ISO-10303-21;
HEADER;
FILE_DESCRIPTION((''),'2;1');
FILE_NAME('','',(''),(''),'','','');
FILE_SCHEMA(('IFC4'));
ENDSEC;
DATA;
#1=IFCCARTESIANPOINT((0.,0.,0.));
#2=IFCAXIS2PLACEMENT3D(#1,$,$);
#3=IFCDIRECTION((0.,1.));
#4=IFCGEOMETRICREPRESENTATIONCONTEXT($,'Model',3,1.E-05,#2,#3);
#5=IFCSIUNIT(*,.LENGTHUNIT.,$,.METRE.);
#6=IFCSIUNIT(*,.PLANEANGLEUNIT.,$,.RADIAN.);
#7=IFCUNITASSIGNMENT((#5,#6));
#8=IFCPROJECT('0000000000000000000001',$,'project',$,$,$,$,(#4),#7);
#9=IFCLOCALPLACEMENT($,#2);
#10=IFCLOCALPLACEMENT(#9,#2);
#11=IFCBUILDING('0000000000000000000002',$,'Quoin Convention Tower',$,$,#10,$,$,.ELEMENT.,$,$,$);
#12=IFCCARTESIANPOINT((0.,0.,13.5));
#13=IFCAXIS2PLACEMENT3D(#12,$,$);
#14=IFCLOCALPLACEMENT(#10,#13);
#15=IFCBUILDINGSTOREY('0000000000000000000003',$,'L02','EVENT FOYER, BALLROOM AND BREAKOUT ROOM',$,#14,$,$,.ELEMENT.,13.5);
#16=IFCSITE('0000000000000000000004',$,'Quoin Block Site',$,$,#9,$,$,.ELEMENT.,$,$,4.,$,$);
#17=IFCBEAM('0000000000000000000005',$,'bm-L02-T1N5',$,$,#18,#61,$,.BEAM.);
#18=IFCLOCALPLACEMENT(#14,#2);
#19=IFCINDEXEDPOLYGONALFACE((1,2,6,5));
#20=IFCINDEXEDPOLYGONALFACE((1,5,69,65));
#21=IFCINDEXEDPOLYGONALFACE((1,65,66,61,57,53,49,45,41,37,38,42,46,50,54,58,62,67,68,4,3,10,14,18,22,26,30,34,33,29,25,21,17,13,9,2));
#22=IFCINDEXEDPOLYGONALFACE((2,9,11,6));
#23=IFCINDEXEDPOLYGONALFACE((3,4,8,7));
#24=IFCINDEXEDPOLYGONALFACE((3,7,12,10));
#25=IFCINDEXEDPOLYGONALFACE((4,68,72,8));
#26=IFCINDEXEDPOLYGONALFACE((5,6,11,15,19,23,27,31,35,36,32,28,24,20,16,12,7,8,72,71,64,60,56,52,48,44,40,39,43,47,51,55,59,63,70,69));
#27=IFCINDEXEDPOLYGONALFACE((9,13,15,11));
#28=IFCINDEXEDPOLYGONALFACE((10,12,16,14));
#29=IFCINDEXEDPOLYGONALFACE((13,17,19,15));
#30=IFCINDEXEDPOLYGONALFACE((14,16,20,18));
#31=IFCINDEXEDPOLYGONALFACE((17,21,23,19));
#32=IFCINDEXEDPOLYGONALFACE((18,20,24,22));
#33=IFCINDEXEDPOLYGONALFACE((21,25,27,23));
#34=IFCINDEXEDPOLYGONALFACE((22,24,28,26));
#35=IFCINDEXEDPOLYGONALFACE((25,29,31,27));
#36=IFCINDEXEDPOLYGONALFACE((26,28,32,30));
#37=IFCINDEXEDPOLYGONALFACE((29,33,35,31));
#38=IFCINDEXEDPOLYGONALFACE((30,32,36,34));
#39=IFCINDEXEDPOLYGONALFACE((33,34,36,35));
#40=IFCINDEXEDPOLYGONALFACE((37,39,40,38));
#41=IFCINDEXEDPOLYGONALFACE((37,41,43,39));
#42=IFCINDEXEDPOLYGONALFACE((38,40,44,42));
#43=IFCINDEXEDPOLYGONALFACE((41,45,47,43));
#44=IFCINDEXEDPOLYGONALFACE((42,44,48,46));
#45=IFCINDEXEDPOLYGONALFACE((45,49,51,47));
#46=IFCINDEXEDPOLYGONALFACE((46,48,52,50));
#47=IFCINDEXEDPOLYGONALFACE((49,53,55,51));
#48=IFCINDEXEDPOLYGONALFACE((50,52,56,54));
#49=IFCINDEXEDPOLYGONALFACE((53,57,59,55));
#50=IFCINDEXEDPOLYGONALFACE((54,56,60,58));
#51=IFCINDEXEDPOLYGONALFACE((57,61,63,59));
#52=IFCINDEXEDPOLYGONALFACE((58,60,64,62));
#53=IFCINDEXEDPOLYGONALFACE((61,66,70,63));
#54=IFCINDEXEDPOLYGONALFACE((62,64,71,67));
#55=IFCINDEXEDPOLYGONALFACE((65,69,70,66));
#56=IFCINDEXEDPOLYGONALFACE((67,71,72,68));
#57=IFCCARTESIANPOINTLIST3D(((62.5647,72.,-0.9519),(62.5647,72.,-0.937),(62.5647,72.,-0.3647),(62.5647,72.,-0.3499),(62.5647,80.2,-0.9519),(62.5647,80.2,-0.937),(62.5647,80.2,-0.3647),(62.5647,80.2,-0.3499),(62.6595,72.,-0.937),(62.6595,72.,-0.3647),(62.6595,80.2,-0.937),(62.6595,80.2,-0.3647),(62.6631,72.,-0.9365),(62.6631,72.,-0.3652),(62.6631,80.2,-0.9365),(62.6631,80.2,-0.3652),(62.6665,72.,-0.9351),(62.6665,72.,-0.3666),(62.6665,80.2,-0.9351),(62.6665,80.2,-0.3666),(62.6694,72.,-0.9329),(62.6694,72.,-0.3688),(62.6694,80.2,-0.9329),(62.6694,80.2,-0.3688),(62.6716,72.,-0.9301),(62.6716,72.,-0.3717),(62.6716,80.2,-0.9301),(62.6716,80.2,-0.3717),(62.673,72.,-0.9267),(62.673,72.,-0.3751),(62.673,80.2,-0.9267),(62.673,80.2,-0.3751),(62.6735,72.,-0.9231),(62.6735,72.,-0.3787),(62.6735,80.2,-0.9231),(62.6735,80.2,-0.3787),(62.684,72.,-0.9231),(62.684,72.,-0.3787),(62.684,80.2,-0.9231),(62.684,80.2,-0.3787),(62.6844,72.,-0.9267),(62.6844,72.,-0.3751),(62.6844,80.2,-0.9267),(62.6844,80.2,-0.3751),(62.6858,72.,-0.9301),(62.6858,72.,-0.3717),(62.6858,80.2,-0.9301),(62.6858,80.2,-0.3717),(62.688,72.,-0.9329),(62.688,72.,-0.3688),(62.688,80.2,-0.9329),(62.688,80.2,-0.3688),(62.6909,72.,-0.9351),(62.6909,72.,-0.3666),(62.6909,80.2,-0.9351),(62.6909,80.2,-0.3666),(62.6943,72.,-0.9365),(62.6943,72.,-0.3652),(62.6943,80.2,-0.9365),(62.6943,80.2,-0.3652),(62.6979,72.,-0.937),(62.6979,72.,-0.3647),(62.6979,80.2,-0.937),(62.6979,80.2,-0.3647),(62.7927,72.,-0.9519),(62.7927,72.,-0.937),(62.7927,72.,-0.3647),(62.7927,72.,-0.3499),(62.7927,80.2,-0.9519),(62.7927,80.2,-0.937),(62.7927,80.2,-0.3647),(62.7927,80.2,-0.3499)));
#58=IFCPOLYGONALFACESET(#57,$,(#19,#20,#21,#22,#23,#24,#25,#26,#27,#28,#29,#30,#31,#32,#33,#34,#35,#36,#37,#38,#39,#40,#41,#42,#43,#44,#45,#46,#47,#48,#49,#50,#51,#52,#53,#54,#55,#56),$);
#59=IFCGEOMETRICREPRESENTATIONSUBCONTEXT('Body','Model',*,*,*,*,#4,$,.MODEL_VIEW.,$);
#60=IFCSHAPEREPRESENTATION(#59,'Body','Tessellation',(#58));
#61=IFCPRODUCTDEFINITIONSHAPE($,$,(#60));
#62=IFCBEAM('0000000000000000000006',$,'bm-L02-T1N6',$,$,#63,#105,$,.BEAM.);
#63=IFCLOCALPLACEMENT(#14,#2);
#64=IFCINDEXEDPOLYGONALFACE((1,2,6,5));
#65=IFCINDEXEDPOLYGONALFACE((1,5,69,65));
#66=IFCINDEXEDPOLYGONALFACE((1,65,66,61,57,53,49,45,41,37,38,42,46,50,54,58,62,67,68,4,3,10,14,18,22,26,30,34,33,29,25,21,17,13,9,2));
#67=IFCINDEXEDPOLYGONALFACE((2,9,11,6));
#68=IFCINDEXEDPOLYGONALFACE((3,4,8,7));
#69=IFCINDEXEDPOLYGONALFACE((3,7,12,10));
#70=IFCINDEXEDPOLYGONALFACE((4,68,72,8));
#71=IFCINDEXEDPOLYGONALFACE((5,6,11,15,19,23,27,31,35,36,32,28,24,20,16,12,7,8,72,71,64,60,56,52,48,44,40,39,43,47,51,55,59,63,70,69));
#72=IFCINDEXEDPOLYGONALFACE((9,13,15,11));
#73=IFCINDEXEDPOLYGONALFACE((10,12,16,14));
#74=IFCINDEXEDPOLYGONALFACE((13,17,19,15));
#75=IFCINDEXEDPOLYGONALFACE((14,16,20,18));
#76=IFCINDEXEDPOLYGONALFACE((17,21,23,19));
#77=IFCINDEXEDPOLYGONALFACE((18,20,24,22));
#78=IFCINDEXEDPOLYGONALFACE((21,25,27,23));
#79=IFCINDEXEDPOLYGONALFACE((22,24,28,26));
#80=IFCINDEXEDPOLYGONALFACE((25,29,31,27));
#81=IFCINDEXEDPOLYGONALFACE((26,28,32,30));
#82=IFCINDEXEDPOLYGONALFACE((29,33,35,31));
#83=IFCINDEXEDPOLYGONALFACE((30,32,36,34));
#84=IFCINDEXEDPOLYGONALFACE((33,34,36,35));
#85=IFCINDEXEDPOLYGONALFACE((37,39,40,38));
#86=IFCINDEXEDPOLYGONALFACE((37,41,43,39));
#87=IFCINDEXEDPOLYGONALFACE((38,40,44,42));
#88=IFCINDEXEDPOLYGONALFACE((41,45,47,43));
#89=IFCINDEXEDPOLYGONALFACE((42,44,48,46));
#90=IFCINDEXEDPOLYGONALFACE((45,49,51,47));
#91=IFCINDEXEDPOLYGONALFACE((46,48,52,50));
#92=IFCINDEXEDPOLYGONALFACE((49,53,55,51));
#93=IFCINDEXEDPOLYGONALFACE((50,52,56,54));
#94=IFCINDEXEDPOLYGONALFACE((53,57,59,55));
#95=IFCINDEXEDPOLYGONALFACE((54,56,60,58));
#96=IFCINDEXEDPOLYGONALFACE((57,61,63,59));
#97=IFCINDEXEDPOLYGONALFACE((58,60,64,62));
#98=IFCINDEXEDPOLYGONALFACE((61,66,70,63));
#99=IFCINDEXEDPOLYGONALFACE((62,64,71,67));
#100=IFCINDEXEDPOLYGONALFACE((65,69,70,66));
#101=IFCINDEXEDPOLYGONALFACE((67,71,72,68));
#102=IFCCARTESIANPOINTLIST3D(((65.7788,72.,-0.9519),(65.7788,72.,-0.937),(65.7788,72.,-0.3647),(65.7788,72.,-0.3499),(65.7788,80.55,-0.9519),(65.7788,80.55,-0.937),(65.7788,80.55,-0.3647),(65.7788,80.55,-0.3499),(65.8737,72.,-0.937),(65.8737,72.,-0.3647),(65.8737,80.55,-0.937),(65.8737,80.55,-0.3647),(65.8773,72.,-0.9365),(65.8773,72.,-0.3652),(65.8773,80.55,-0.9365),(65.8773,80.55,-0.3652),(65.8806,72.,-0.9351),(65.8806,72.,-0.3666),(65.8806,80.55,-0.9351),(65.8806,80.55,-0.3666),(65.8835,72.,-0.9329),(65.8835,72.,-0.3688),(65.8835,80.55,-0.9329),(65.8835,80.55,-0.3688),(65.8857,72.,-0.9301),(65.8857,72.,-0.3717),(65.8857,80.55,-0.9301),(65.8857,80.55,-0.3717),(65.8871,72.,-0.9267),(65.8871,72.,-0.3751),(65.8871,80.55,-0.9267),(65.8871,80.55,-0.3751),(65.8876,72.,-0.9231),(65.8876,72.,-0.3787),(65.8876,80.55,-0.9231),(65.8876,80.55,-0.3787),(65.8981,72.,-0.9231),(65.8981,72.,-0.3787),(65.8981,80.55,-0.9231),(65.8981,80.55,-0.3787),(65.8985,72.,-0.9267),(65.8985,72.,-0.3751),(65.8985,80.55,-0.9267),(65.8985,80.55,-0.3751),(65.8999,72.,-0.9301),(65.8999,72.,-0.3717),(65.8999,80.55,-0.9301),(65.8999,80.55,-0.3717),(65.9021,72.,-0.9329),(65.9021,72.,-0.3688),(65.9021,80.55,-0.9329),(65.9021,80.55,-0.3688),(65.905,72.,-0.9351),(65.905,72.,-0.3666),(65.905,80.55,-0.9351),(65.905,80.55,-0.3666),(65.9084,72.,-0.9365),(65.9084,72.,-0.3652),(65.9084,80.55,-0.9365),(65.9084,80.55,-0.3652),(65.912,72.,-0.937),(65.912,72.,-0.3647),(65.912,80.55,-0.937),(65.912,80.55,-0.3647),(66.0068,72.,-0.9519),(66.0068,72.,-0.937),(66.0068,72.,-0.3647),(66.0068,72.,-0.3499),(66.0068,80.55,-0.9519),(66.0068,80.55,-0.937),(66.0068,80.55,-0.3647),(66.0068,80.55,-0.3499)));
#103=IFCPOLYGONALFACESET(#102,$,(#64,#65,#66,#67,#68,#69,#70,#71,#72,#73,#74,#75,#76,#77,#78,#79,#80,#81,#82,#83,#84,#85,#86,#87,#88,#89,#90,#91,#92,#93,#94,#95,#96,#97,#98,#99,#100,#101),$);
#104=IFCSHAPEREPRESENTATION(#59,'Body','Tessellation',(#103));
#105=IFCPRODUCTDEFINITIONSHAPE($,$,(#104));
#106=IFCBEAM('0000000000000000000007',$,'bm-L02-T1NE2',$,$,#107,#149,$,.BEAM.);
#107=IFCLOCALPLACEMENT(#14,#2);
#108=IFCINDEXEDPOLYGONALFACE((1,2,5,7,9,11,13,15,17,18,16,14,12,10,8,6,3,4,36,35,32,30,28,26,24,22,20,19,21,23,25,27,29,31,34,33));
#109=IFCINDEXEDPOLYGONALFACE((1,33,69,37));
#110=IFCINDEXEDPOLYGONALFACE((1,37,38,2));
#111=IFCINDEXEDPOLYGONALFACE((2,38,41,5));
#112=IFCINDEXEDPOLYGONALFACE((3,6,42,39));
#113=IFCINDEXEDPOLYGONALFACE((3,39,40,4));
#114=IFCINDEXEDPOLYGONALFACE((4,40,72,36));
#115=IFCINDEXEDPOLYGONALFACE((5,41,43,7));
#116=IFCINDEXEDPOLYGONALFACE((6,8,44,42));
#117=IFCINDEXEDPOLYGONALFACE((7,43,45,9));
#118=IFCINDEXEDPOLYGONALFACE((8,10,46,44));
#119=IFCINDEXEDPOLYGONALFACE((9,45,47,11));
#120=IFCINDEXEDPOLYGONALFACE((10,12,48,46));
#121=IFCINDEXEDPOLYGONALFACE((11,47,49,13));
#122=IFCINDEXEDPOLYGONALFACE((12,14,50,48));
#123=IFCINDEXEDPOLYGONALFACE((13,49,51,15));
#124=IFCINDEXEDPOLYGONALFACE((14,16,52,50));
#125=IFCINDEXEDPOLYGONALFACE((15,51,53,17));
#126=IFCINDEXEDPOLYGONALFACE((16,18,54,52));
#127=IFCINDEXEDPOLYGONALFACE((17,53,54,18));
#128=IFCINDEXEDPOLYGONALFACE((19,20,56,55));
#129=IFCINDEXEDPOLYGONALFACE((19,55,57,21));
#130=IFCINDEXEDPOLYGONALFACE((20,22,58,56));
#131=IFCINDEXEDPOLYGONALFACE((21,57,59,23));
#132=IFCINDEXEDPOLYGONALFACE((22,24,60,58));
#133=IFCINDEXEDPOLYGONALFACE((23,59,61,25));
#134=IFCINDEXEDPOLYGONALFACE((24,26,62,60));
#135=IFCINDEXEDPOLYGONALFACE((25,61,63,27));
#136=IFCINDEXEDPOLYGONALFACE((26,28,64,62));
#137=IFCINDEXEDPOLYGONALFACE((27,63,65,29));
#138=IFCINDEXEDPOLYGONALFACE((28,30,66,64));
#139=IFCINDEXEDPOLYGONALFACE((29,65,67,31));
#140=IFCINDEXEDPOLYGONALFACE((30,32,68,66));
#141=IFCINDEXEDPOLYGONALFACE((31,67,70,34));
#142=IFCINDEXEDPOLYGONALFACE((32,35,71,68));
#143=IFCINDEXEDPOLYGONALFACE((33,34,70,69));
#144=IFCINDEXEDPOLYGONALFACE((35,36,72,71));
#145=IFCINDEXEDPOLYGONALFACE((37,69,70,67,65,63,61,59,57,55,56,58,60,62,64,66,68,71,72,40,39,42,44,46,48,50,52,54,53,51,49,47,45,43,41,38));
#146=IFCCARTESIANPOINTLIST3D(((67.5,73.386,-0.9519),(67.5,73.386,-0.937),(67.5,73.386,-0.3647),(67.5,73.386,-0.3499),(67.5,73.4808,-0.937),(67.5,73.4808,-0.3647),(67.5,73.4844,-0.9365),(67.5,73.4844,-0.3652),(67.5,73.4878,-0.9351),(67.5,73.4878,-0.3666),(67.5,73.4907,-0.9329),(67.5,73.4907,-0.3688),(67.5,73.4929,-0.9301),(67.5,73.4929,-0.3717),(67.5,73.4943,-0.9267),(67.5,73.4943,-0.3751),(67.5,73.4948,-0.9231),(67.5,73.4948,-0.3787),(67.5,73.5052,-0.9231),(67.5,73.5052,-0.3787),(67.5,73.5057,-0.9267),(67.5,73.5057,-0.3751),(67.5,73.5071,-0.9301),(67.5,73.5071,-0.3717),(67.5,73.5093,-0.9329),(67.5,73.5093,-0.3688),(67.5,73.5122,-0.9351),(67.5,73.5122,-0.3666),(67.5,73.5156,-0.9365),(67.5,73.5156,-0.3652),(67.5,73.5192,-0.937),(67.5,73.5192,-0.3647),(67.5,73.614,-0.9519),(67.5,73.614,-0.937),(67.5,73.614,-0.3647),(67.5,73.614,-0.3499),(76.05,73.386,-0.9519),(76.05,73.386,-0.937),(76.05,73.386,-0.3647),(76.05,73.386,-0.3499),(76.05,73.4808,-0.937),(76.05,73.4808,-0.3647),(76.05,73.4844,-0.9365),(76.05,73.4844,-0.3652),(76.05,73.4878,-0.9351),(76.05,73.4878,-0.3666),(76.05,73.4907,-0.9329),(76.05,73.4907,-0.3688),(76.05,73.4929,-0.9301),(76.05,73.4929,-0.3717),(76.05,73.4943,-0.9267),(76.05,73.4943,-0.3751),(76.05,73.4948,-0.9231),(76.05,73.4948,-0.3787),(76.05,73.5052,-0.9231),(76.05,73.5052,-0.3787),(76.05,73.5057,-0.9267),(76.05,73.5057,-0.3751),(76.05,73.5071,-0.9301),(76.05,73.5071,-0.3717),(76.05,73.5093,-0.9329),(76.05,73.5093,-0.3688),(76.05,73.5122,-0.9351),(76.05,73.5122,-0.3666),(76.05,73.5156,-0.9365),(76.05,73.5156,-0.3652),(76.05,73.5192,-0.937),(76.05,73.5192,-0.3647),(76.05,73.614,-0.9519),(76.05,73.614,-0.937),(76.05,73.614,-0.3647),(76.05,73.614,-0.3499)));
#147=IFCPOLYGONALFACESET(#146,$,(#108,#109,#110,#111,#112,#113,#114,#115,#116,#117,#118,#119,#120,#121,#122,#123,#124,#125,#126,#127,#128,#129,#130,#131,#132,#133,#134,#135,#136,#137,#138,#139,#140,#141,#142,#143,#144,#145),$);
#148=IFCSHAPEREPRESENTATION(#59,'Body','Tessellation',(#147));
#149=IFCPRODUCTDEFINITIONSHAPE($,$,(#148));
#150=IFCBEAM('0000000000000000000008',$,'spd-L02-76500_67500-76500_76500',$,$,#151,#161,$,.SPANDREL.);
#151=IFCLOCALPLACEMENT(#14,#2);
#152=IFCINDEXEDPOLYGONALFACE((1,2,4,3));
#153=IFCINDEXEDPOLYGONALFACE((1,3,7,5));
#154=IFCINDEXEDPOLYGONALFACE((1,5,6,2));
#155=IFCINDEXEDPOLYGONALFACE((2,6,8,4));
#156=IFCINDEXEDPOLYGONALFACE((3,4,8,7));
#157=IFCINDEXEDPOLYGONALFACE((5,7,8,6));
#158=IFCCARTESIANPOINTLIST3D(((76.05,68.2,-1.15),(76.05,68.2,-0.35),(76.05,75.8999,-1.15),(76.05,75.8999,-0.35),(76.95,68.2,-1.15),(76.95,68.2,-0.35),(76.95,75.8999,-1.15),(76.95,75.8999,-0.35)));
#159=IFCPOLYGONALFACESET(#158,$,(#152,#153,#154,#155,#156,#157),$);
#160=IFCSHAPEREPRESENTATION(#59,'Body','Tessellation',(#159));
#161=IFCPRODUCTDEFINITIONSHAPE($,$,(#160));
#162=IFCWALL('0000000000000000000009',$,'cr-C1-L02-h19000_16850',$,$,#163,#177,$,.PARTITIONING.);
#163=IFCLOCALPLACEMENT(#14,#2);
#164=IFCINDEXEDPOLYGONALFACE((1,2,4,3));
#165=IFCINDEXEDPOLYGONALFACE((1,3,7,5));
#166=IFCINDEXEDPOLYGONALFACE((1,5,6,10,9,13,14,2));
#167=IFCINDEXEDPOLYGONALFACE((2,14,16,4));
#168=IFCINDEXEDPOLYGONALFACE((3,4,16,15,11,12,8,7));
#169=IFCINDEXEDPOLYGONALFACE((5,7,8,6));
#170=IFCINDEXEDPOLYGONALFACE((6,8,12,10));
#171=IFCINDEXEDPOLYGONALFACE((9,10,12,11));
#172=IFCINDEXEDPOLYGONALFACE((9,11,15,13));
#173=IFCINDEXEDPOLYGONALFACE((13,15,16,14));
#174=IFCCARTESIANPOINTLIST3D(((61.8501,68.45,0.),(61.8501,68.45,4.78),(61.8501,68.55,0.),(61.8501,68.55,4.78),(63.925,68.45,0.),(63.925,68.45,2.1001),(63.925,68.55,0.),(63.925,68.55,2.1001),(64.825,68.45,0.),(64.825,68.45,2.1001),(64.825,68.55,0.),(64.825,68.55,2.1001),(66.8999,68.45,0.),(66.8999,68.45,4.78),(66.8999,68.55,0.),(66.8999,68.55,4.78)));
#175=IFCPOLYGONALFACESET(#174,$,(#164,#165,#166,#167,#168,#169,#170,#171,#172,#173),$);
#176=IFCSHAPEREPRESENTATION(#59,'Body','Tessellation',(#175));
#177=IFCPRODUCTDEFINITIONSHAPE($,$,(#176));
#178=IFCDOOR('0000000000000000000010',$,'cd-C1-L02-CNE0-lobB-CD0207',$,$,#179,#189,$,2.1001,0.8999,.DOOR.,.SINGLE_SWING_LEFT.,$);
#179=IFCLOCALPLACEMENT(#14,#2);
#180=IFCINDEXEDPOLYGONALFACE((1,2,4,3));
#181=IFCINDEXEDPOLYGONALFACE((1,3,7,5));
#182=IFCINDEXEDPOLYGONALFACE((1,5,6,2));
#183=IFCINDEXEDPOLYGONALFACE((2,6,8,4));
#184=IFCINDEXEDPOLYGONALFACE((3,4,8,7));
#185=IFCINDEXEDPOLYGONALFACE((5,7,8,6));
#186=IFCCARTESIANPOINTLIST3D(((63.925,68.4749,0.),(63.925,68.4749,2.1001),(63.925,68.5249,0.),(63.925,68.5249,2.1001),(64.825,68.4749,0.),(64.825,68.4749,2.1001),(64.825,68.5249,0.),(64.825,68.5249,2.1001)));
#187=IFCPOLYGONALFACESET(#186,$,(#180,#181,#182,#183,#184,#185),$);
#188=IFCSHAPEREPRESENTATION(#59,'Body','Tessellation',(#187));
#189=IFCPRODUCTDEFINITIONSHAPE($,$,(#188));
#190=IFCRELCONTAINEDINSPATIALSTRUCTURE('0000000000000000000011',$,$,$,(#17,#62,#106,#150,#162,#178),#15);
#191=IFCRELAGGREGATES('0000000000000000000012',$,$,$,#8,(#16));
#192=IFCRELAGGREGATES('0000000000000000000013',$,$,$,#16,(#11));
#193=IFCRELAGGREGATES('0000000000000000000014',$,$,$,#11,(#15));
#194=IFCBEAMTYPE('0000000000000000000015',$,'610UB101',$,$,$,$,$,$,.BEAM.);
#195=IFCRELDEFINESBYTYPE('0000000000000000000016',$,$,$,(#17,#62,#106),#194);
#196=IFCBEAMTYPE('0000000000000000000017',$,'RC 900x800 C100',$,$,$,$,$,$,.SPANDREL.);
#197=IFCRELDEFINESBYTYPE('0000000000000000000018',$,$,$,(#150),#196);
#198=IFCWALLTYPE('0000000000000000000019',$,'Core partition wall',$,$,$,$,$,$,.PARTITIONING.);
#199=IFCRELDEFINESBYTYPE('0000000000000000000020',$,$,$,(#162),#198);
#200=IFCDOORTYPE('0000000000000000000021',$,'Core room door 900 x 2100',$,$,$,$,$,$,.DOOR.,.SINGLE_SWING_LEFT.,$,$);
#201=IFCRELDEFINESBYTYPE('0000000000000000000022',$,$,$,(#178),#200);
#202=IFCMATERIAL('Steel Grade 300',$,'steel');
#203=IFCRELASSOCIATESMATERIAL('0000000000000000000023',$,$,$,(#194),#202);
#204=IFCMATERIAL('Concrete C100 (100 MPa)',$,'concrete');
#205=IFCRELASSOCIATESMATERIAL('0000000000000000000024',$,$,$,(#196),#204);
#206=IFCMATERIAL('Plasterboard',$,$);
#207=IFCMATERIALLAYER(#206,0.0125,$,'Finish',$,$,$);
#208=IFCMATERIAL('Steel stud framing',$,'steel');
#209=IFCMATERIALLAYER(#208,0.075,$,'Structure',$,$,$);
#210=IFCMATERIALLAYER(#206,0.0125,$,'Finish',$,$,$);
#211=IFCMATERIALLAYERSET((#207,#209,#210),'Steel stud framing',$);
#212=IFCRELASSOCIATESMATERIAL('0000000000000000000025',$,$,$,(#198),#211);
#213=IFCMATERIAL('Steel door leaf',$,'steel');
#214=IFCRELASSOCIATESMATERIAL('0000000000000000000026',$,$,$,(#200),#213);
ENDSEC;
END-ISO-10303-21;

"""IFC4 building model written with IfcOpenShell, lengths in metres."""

from ifc_helpers import new_model, si_unit, direction, frame, frame_2d, origin, origin_2d, place, context, subcontext, project, spatial, rectangle, i_section, extrude, material, layer, layer_set, material_profile, profile_set, type_object, element, fill, save


model = new_model("IFC4")

# Units and contexts
model_context = context("Model", 3, precision=1e-05, world=origin(), true_north=direction((0.0, 1.0)))
body_context = subcontext(model_context, "Body", "Model", "MODEL_VIEW")
ifc_project = project(units=[si_unit("LENGTHUNIT", "METRE"), si_unit("PLANEANGLEUNIT", "RADIAN")], contexts=[model_context])

# Site, building, storey
site_placement = place(None, origin())
site = spatial("IfcSite", under=ifc_project, at=site_placement, Name="Quoin Block Site", CompositionType="ELEMENT", RefElevation=4.0)
building_placement = place(site_placement, origin())
building = spatial("IfcBuilding", under=site, at=building_placement, Name="Quoin Convention Tower", CompositionType="ELEMENT")
storey_placement = place(building_placement, frame((0.0, 0.0, 13.5)))
storey = spatial("IfcBuildingStorey", under=building, at=storey_placement, Name="L02", Description="EVENT FOYER, BALLROOM AND BREAKOUT ROOM", CompositionType="ELEMENT", Elevation=13.5)

# Shared definitions
ifc_material_1 = material(Name="Concrete C100 (100 MPa)", Category="concrete")

# Beams
ifc_material_2 = material(Name="Steel Grade 300", Category="steel")
ifc_material_profile_1 = material_profile(ifc_material_2, i_section(OverallWidth=0.228, OverallDepth=0.6021, WebThickness=0.0105, FlangeThickness=0.0149, FilletRadius=0.0139, at=origin_2d()), Name="610UB101")
ifc_profile_set_1 = profile_set([ifc_material_profile_1], Name="Steel Grade 300")
beam_type_1 = type_object("IfcBeamType", Name="610UB101", PredefinedType="BEAM", material=ifc_profile_set_1)
beam_1_placement = place(storey_placement, frame((62.6787, 72.0, -0.6509), z_axis=(0.0, 1.0, 0.0), x_axis=(-1.0, 0.0, 0.0)))
element("IfcBeam", 1, at=beam_1_placement, inside=storey, type_object=beam_type_1, Name="bm-L02-T1N5", PredefinedType="BEAM", context=body_context, shape_type="SweptSolid", body=[
    extrude(i_section(OverallWidth=0.228, OverallDepth=0.6021, WebThickness=0.0105, FlangeThickness=0.0149, FilletRadius=0.0139, at=origin_2d()), origin(), (0.0, 0.0, 1.0), 8.2),
])
for number, where, z_axis, x_axis, name in (
    (2, (65.8928, 72.0, -0.6509), (0.0, 1.0, 0.0), (-1.0, 0.0, 0.0), "bm-L02-T1N6"),
    (3, (67.5, 73.5, -0.6509), (1.0, 0.0, 0.0), (0.0, 1.0, 0.0), "bm-L02-T1NE2"),
):
    element("IfcBeam", number, at=place(storey_placement, frame(where, z_axis=z_axis, x_axis=x_axis)), inside=storey, type_object=beam_type_1, Name=name, PredefinedType="BEAM", context=body_context, shape_type="SweptSolid", body=[
        extrude(i_section(OverallWidth=0.228, OverallDepth=0.6021, WebThickness=0.0105, FlangeThickness=0.0149, FilletRadius=0.0139, at=origin_2d()), origin(), (0.0, 0.0, 1.0), 8.55),
    ])
ifc_material_profile_2 = material_profile(ifc_material_1, rectangle(XDim=0.8999, YDim=0.8, at=origin_2d()), Name="RC 900x800")
ifc_profile_set_2 = profile_set([ifc_material_profile_2], Name="Concrete C100 (100 MPa)")
beam_type_2 = type_object("IfcBeamType", Name="RC 900x800 C100", PredefinedType="SPANDREL", material=ifc_profile_set_2)
beam_2_placement = place(storey_placement, frame((76.5, 68.2, -0.75), z_axis=(0.0, 1.0, 0.0), x_axis=(-1.0, 0.0, 0.0)))
element("IfcBeam", 4, at=beam_2_placement, inside=storey, type_object=beam_type_2, Name="spd-L02-76500_67500-76500_76500", PredefinedType="SPANDREL", context=body_context, shape_type="SweptSolid", body=[
    extrude(rectangle(XDim=0.8999, YDim=0.8, at=origin_2d()), origin(), (0.0, 0.0, 1.0), 7.7),
])

# Wall, opening, door
ifc_material_3 = material(Name="Plasterboard")
ifc_layer_1 = layer(ifc_material_3, 0.0125, Name="Finish")
ifc_material_4 = material(Name="Steel stud framing", Category="steel")
ifc_layer_2 = layer(ifc_material_4, 0.075, Name="Structure")
ifc_layer_3 = layer(ifc_material_3, 0.0125, Name="Finish")
ifc_layer_set_1 = layer_set([ifc_layer_1, ifc_layer_2, ifc_layer_3], Name="Steel stud framing")
wall_type_1 = type_object("IfcWallType", Name="Core partition wall", PredefinedType="PARTITIONING", material=ifc_layer_set_1)
wall_1_placement = place(storey_placement, frame((61.8501, 68.5, 0.0), z_axis=(0.0, 0.0, 1.0), x_axis=(1.0, 0.0, 0.0)))
wall_1 = element("IfcWall", 5, at=wall_1_placement, inside=storey, type_object=wall_type_1, Name="cr-C1-L02-h19000_16850", PredefinedType="PARTITIONING", context=body_context, shape_type="SweptSolid", body=[
    extrude(rectangle(XDim=5.0498, YDim=0.1001, at=frame_2d((2.5249, 0.0))), origin(), (0.0, 0.0, 1.0), 4.78),
])
opening_placement = place(wall_1_placement, frame((2.075, 0.0, 0.0)))
opening = element("IfcOpeningElement", 6, at=opening_placement, cuts=wall_1, PredefinedType="OPENING", context=body_context, shape_type="SweptSolid", body=[
    extrude(rectangle(XDim=0.8999, YDim=2.1001, at=frame_2d((0.45, 1.05))), frame((0.0, 0.0601, 0.0), z_axis=(0.0, -1.0, 0.0), x_axis=(1.0, 0.0, 0.0)), (0.0, 0.0, 1.0), 0.1201),
])
ifc_material_5 = material(Name="Steel door leaf", Category="steel")
door_type = type_object("IfcDoorType", Name="Core room door 900 x 2100", OperationType="SINGLE_SWING_LEFT", PredefinedType="DOOR", material=ifc_material_5)
door_placement = place(opening_placement, origin())
door = element("IfcDoor", 7, at=door_placement, inside=storey, type_object=door_type, Name="cd-C1-L02-CNE0-lobB-CD0207", OperationType="SINGLE_SWING_LEFT", OverallHeight=2.1001, OverallWidth=0.8999, PredefinedType="DOOR", context=body_context, shape_type="SweptSolid", body=[
    extrude(rectangle(XDim=0.8999, YDim=2.1001, at=frame_2d((0.45, 1.05))), frame((0.0, 0.0249, 0.0), z_axis=(0.0, -1.0, 0.0), x_axis=(1.0, 0.0, 0.0)), (0.0, 0.0, 1.0), 0.05),
])
fill(opening, door)

save(model, "model.ifc")
